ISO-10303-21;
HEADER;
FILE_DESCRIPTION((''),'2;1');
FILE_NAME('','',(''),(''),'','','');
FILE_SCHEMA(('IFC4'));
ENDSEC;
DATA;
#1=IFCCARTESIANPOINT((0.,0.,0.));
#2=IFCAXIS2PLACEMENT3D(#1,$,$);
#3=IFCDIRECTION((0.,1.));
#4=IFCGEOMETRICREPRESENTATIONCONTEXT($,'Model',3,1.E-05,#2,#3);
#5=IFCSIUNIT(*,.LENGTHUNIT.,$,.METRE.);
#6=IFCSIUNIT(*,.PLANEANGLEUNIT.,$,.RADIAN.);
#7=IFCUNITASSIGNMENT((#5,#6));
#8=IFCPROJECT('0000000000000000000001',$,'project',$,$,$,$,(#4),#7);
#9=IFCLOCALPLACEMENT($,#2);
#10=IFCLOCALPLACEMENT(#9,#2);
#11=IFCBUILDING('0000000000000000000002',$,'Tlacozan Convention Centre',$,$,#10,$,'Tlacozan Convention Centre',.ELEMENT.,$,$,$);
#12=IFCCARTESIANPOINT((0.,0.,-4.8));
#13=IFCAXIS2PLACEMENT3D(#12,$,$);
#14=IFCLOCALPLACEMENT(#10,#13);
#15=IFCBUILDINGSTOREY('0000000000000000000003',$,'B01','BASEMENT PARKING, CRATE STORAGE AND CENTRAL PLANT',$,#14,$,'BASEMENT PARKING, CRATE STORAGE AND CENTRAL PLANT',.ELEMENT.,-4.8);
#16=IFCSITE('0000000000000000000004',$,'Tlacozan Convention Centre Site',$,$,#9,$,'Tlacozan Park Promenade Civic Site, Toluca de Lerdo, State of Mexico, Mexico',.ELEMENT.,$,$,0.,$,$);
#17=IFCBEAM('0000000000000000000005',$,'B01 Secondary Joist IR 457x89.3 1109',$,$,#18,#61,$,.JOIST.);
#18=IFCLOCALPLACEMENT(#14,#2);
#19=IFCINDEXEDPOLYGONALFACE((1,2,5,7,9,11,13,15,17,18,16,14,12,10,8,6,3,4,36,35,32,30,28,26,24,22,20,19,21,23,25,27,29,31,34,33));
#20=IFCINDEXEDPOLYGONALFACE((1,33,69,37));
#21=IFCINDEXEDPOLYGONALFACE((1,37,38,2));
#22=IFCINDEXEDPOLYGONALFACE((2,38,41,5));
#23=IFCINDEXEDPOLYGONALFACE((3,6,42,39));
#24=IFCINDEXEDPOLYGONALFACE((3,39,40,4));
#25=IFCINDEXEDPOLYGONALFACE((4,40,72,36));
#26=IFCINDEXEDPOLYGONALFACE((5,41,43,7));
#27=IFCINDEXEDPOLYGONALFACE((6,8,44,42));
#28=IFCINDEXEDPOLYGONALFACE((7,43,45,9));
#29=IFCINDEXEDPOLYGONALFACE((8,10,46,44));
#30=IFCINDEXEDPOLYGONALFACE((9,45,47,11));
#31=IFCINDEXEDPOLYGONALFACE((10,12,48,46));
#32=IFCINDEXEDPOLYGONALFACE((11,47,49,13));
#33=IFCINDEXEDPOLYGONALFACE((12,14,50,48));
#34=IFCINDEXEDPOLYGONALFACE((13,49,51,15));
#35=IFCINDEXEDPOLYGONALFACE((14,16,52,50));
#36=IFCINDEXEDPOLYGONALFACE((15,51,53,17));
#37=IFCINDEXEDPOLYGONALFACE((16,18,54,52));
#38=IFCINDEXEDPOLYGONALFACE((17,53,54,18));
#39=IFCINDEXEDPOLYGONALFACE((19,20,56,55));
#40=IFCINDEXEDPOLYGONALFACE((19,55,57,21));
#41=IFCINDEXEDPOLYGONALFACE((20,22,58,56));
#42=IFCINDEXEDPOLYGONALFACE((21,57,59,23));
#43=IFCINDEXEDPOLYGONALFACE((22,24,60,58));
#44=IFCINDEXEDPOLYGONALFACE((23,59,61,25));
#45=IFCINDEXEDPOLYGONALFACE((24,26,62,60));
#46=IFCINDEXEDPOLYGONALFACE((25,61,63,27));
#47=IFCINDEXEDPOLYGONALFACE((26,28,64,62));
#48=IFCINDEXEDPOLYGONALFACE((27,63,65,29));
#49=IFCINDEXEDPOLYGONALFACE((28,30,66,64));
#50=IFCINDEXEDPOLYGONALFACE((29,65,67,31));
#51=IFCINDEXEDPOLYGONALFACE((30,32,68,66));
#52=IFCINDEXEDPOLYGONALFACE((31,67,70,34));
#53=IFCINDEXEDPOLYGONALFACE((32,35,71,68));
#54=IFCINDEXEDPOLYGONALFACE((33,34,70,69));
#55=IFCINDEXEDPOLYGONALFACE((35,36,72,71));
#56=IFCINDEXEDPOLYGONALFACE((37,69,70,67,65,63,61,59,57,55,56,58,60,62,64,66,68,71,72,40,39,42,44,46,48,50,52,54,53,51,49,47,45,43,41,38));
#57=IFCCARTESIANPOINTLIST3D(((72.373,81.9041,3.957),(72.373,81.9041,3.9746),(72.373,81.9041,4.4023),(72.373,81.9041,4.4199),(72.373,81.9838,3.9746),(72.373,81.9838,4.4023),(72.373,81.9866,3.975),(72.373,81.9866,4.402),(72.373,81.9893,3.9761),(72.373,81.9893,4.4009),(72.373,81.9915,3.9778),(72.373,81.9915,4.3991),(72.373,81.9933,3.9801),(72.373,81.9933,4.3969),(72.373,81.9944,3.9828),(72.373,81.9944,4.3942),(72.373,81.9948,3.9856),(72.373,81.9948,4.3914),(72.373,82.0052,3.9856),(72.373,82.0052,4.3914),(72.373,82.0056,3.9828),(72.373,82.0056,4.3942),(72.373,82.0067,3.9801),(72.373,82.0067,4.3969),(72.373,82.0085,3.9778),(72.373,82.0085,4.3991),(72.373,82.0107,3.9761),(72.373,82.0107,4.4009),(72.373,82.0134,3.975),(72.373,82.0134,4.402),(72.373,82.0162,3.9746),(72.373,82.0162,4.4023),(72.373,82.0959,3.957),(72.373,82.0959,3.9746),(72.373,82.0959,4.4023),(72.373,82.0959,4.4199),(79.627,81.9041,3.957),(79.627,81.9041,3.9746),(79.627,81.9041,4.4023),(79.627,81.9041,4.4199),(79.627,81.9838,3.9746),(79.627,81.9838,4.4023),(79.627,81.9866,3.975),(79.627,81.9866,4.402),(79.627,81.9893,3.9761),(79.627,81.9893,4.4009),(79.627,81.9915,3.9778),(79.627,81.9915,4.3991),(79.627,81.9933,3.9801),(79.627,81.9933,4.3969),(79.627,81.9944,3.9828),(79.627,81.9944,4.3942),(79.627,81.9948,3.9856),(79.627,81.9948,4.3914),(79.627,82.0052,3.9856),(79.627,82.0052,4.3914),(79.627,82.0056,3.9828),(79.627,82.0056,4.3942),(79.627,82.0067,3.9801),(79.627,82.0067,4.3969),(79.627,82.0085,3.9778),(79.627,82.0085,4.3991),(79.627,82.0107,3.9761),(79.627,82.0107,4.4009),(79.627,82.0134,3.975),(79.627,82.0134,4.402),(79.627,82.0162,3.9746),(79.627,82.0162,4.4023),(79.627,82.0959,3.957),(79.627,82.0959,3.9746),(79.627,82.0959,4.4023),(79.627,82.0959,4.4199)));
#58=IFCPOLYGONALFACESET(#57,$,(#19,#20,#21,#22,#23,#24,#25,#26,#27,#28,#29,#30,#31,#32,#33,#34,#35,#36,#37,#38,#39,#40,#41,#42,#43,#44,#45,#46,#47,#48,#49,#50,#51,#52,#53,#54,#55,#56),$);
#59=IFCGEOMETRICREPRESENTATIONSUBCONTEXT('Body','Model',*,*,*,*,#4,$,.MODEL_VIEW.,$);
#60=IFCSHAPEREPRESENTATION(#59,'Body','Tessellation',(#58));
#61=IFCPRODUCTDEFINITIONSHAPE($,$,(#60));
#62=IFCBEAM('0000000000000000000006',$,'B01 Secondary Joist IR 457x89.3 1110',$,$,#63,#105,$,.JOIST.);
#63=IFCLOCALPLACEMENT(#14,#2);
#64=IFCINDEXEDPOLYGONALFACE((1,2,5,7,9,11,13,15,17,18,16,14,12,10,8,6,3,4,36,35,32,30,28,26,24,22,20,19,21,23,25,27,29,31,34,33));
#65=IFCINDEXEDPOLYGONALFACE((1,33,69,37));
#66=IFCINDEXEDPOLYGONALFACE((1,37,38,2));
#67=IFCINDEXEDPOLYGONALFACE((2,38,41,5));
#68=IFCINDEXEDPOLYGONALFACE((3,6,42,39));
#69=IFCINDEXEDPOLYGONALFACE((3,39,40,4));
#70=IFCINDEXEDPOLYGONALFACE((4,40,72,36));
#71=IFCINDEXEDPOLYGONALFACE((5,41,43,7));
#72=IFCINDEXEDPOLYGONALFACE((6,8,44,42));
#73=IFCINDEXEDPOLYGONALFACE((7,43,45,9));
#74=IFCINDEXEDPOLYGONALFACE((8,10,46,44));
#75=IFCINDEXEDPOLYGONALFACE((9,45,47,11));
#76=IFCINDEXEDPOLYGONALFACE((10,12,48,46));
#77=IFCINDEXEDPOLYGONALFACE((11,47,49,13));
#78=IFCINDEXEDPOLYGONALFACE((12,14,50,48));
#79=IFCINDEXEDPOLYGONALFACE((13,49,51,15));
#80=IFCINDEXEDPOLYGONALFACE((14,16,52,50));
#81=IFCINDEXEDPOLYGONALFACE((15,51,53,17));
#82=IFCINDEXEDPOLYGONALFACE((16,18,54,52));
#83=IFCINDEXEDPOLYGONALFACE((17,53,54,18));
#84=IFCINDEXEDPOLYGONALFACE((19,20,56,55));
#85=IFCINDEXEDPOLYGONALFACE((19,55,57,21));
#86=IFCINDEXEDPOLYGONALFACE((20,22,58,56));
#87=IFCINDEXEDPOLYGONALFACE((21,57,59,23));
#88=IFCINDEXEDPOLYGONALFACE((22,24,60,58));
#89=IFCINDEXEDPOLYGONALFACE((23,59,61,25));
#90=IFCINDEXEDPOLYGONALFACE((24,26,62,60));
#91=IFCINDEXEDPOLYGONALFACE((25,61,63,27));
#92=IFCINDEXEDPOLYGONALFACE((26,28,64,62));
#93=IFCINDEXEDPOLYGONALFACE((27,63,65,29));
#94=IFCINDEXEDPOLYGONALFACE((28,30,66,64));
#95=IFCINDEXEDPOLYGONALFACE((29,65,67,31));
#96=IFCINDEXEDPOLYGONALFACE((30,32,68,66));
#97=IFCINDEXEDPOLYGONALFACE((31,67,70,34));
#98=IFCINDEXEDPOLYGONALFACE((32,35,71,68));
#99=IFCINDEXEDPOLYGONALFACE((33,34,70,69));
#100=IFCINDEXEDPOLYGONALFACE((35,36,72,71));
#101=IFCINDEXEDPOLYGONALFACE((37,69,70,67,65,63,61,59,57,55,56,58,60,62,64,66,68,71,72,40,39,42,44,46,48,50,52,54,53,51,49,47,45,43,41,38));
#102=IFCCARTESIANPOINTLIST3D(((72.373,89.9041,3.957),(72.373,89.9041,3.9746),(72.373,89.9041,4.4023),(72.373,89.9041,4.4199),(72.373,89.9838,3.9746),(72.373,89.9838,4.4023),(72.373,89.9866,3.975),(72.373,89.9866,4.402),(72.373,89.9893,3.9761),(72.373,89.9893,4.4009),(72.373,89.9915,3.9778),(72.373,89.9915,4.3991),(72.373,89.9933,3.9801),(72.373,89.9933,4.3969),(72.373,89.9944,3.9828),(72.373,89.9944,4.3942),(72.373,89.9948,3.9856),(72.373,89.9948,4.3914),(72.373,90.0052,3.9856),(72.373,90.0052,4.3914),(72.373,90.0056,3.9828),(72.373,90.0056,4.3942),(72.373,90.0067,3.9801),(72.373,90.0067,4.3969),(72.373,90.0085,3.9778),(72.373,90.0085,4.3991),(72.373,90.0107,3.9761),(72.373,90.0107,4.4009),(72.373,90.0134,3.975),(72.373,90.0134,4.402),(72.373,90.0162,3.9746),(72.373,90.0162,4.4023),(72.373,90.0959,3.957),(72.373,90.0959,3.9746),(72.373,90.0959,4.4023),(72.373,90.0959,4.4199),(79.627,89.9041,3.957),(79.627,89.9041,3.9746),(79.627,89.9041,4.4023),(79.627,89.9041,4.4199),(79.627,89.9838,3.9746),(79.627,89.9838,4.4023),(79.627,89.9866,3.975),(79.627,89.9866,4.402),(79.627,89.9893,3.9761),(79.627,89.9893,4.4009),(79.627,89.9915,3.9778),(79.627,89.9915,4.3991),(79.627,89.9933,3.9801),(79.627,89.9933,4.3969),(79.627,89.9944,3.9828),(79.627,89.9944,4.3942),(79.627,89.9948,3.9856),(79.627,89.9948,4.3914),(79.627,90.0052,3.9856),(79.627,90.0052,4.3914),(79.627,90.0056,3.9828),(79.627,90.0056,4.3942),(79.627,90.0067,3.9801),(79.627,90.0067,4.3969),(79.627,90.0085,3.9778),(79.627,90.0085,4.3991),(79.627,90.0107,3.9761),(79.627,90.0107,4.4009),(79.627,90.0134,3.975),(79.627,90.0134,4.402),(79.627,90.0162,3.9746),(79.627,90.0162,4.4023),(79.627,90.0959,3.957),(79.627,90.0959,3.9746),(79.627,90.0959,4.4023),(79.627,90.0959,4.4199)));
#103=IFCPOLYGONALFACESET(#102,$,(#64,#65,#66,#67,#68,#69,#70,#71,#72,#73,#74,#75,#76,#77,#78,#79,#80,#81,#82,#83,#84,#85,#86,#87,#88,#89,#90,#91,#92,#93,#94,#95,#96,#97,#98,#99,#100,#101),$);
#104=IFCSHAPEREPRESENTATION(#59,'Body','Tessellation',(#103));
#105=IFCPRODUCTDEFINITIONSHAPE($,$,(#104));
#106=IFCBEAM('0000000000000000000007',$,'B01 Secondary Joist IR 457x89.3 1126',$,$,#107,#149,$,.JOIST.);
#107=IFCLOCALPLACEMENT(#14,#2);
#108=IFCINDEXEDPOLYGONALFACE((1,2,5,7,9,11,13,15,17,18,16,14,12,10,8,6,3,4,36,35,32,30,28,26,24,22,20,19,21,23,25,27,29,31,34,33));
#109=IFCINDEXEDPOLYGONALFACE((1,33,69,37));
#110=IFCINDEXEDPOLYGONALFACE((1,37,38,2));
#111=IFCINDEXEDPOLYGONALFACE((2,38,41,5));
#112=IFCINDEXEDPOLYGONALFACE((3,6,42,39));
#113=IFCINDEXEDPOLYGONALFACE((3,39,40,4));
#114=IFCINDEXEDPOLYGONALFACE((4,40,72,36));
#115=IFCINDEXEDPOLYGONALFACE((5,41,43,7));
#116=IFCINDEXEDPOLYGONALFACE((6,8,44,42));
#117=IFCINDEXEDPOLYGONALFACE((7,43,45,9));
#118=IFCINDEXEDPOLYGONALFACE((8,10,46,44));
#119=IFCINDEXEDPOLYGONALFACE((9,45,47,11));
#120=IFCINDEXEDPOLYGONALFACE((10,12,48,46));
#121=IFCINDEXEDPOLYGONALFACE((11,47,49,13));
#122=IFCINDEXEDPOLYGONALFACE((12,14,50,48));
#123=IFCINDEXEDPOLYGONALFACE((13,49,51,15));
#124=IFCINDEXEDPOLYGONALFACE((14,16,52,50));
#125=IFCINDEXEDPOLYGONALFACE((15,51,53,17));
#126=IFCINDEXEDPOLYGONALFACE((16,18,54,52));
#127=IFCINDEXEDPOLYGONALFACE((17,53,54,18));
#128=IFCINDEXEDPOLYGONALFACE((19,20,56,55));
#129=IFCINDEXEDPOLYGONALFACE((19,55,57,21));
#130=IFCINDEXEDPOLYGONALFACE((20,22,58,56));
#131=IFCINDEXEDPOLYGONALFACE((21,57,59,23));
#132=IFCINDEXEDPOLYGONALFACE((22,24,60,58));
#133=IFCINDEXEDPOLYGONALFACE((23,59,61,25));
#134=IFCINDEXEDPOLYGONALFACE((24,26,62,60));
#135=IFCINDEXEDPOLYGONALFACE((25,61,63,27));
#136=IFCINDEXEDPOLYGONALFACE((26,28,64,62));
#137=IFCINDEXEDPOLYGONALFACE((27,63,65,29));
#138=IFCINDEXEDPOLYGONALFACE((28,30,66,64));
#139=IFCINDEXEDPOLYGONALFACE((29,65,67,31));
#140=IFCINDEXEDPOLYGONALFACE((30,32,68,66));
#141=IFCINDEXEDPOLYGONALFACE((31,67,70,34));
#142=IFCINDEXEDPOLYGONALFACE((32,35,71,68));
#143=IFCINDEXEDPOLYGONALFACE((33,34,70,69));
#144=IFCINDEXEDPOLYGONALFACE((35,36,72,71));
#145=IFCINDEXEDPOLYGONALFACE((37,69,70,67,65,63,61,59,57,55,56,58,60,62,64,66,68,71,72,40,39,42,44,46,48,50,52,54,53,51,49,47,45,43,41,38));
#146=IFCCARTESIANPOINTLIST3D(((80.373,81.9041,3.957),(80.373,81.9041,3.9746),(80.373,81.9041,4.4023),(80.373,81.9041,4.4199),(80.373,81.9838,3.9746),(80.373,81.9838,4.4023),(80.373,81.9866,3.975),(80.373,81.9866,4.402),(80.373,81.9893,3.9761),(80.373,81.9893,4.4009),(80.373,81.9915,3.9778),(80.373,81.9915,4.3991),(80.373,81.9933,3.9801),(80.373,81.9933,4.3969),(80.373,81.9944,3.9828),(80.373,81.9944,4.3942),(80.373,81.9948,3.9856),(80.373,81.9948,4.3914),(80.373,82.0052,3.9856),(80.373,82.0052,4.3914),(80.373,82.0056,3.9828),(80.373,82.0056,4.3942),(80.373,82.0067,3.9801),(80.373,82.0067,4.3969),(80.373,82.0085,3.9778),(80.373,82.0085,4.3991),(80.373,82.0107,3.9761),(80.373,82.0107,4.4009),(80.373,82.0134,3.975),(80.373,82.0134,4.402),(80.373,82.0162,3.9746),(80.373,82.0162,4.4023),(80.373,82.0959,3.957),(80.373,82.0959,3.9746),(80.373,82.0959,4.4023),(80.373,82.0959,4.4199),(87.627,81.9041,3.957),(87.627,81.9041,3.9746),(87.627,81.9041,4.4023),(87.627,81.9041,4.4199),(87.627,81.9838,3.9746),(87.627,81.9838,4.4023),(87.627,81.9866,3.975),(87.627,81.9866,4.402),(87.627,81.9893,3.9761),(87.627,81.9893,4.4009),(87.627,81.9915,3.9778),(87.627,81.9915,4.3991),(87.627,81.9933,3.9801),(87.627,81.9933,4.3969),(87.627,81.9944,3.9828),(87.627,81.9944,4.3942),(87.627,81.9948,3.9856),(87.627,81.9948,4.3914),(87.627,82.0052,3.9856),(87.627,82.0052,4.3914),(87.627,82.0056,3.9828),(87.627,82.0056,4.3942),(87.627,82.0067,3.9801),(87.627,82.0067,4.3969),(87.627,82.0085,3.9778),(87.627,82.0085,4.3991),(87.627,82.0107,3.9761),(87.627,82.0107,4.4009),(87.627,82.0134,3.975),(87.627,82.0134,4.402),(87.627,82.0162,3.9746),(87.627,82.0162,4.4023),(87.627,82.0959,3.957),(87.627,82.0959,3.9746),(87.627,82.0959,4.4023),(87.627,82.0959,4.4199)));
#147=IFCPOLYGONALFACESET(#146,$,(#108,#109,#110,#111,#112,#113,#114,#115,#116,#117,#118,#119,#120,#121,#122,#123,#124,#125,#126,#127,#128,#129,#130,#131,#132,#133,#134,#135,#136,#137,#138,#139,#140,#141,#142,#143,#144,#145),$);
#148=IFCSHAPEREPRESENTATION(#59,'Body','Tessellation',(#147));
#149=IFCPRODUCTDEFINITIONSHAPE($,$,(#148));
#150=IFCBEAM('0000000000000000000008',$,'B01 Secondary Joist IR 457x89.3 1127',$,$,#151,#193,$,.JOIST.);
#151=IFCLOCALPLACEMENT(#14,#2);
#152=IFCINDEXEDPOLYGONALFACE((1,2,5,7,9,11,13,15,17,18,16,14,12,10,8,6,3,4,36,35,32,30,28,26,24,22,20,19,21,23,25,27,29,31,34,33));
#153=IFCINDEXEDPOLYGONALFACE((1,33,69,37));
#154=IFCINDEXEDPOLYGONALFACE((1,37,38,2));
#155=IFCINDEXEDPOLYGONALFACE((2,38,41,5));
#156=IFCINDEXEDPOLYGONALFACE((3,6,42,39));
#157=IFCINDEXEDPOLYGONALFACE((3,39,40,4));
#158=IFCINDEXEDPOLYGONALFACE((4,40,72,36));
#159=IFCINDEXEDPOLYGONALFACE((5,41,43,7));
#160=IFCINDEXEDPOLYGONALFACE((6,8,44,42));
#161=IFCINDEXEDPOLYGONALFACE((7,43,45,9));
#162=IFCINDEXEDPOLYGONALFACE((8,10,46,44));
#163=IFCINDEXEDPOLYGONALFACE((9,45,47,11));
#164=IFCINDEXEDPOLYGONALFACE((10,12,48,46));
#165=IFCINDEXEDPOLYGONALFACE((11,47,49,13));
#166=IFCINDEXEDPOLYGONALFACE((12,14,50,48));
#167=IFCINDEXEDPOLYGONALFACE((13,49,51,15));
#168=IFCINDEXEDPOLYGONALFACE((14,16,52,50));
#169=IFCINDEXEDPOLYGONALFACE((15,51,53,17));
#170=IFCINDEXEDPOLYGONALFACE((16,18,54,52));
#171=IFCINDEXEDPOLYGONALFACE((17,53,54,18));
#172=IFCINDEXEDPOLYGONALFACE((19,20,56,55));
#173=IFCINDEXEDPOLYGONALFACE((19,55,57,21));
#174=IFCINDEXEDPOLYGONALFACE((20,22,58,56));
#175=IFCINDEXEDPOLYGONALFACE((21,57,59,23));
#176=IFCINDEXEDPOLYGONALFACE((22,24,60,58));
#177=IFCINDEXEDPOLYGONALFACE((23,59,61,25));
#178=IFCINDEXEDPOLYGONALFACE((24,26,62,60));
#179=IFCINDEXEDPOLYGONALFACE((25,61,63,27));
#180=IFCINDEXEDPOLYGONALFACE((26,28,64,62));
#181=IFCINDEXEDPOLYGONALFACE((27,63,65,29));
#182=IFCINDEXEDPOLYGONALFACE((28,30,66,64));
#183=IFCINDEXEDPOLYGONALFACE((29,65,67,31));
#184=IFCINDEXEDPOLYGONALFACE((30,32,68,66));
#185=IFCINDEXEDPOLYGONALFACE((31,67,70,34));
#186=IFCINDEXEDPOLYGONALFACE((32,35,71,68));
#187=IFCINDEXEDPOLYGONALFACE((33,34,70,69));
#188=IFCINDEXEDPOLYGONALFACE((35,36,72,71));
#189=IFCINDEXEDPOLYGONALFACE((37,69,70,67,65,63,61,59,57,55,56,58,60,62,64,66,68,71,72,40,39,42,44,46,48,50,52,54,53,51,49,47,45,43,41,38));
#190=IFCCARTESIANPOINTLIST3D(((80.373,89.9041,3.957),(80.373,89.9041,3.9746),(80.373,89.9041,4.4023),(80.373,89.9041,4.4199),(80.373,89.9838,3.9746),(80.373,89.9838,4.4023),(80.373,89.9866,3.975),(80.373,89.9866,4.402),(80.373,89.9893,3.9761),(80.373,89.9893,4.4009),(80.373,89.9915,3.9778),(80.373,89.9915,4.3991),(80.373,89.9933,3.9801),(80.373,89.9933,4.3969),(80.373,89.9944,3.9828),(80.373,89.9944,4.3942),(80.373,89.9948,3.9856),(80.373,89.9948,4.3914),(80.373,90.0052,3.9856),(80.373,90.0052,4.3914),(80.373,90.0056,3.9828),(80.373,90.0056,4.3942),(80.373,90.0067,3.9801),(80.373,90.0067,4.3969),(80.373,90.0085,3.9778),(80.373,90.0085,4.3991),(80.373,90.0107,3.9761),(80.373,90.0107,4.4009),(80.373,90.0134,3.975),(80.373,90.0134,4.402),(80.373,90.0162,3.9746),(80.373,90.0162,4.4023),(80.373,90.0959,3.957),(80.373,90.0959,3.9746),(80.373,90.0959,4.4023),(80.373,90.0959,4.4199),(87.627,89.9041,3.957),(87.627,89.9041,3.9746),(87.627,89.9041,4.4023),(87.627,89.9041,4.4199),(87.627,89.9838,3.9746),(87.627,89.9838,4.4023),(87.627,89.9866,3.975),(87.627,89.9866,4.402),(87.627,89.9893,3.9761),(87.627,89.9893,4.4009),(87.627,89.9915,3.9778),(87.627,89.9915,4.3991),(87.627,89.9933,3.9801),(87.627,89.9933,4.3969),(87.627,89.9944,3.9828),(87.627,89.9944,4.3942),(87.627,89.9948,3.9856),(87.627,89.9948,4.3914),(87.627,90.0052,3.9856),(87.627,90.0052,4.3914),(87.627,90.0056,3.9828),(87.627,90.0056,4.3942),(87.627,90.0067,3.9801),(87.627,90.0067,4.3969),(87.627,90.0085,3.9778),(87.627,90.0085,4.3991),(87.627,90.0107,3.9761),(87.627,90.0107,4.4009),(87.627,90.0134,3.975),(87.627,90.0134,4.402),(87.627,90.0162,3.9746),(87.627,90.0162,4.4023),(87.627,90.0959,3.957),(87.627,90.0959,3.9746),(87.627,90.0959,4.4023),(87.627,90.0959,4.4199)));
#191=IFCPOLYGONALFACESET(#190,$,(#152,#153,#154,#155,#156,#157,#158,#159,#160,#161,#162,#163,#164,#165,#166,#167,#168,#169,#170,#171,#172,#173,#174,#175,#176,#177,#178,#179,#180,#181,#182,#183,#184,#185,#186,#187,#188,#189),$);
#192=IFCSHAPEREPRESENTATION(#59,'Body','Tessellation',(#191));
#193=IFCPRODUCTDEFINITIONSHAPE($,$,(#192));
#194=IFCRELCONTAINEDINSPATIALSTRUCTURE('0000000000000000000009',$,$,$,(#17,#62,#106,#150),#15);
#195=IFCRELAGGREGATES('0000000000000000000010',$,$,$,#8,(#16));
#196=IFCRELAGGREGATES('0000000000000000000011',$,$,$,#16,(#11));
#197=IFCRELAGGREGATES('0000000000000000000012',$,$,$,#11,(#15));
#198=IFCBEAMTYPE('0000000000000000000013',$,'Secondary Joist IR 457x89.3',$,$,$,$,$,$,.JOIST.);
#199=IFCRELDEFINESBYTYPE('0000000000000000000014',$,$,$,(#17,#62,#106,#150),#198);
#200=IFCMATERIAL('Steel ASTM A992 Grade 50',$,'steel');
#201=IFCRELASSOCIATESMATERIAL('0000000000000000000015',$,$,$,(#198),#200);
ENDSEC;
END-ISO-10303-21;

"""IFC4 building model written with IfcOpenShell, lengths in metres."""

from ifc_helpers import new_model, si_unit, direction, frame, origin, origin_2d, place, context, subcontext, project, spatial, i_section, extrude, material, material_profile, profile_set, type_object, element, save


model = new_model("IFC4")

# Units and contexts
model_context = context("Model", 3, precision=1e-05, world=origin(), true_north=direction((0.0, 1.0)))
body_context = subcontext(model_context, "Body", "Model", "MODEL_VIEW")
ifc_project = project(units=[si_unit("LENGTHUNIT", "METRE"), si_unit("PLANEANGLEUNIT", "RADIAN")], contexts=[model_context])

# Site, building, storey
site_placement = place(None, origin())
site = spatial("IfcSite", under=ifc_project, at=site_placement, Name="Tlacozan Convention Centre Site", LongName="Tlacozan Park Promenade Civic Site, Toluca de Lerdo, State of Mexico, Mexico", CompositionType="ELEMENT", RefElevation=0.0)
building_placement = place(site_placement, origin())
building = spatial("IfcBuilding", under=site, at=building_placement, Name="Tlacozan Convention Centre", LongName="Tlacozan Convention Centre", CompositionType="ELEMENT")
storey_placement = place(building_placement, frame((0.0, 0.0, -4.8)))
storey = spatial("IfcBuildingStorey", under=building, at=storey_placement, Name="B01", Description="BASEMENT PARKING, CRATE STORAGE AND CENTRAL PLANT", LongName="BASEMENT PARKING, CRATE STORAGE AND CENTRAL PLANT", CompositionType="ELEMENT", Elevation=-4.8)

# Beams
ifc_material_1 = material(Name="Steel ASTM A992 Grade 50", Category="steel")
ifc_material_profile_1 = material_profile(ifc_material_1, i_section(OverallWidth=0.1919, OverallDepth=0.4629, WebThickness=0.0105, FlangeThickness=0.0176, FilletRadius=0.011, at=origin_2d()), Name="IR 457x89.3")
ifc_profile_set_1 = profile_set([ifc_material_profile_1], Name="Steel ASTM A992 Grade 50")
beam_type_1 = type_object("IfcBeamType", Name="Secondary Joist IR 457x89.3", PredefinedType="JOIST", material=ifc_profile_set_1)
for number, where, z_axis, x_axis, name in (
    (1, (72.373, 82.0, 4.1885), (1.0, 0.0, 0.0), (0.0, 1.0, 0.0), "B01 Secondary Joist IR 457x89.3 1109"),
    (2, (72.373, 90.0, 4.1885), (1.0, 0.0, 0.0), (0.0, 1.0, 0.0), "B01 Secondary Joist IR 457x89.3 1110"),
    (3, (80.373, 82.0, 4.1885), (1.0, 0.0, 0.0), (0.0, 1.0, 0.0), "B01 Secondary Joist IR 457x89.3 1126"),
    (4, (80.373, 90.0, 4.1885), (1.0, 0.0, 0.0), (0.0, 1.0, 0.0), "B01 Secondary Joist IR 457x89.3 1127"),
):
    element("IfcBeam", number, at=place(storey_placement, frame(where, z_axis=z_axis, x_axis=x_axis)), inside=storey, type_object=beam_type_1, Name=name, PredefinedType="JOIST", context=body_context, shape_type="SweptSolid", body=[
        extrude(i_section(OverallWidth=0.1919, OverallDepth=0.4629, WebThickness=0.0105, FlangeThickness=0.0176, FilletRadius=0.011, at=origin_2d()), origin(), (0.0, 0.0, 1.0), 7.2539),
    ])

save(model, "model.ifc")
